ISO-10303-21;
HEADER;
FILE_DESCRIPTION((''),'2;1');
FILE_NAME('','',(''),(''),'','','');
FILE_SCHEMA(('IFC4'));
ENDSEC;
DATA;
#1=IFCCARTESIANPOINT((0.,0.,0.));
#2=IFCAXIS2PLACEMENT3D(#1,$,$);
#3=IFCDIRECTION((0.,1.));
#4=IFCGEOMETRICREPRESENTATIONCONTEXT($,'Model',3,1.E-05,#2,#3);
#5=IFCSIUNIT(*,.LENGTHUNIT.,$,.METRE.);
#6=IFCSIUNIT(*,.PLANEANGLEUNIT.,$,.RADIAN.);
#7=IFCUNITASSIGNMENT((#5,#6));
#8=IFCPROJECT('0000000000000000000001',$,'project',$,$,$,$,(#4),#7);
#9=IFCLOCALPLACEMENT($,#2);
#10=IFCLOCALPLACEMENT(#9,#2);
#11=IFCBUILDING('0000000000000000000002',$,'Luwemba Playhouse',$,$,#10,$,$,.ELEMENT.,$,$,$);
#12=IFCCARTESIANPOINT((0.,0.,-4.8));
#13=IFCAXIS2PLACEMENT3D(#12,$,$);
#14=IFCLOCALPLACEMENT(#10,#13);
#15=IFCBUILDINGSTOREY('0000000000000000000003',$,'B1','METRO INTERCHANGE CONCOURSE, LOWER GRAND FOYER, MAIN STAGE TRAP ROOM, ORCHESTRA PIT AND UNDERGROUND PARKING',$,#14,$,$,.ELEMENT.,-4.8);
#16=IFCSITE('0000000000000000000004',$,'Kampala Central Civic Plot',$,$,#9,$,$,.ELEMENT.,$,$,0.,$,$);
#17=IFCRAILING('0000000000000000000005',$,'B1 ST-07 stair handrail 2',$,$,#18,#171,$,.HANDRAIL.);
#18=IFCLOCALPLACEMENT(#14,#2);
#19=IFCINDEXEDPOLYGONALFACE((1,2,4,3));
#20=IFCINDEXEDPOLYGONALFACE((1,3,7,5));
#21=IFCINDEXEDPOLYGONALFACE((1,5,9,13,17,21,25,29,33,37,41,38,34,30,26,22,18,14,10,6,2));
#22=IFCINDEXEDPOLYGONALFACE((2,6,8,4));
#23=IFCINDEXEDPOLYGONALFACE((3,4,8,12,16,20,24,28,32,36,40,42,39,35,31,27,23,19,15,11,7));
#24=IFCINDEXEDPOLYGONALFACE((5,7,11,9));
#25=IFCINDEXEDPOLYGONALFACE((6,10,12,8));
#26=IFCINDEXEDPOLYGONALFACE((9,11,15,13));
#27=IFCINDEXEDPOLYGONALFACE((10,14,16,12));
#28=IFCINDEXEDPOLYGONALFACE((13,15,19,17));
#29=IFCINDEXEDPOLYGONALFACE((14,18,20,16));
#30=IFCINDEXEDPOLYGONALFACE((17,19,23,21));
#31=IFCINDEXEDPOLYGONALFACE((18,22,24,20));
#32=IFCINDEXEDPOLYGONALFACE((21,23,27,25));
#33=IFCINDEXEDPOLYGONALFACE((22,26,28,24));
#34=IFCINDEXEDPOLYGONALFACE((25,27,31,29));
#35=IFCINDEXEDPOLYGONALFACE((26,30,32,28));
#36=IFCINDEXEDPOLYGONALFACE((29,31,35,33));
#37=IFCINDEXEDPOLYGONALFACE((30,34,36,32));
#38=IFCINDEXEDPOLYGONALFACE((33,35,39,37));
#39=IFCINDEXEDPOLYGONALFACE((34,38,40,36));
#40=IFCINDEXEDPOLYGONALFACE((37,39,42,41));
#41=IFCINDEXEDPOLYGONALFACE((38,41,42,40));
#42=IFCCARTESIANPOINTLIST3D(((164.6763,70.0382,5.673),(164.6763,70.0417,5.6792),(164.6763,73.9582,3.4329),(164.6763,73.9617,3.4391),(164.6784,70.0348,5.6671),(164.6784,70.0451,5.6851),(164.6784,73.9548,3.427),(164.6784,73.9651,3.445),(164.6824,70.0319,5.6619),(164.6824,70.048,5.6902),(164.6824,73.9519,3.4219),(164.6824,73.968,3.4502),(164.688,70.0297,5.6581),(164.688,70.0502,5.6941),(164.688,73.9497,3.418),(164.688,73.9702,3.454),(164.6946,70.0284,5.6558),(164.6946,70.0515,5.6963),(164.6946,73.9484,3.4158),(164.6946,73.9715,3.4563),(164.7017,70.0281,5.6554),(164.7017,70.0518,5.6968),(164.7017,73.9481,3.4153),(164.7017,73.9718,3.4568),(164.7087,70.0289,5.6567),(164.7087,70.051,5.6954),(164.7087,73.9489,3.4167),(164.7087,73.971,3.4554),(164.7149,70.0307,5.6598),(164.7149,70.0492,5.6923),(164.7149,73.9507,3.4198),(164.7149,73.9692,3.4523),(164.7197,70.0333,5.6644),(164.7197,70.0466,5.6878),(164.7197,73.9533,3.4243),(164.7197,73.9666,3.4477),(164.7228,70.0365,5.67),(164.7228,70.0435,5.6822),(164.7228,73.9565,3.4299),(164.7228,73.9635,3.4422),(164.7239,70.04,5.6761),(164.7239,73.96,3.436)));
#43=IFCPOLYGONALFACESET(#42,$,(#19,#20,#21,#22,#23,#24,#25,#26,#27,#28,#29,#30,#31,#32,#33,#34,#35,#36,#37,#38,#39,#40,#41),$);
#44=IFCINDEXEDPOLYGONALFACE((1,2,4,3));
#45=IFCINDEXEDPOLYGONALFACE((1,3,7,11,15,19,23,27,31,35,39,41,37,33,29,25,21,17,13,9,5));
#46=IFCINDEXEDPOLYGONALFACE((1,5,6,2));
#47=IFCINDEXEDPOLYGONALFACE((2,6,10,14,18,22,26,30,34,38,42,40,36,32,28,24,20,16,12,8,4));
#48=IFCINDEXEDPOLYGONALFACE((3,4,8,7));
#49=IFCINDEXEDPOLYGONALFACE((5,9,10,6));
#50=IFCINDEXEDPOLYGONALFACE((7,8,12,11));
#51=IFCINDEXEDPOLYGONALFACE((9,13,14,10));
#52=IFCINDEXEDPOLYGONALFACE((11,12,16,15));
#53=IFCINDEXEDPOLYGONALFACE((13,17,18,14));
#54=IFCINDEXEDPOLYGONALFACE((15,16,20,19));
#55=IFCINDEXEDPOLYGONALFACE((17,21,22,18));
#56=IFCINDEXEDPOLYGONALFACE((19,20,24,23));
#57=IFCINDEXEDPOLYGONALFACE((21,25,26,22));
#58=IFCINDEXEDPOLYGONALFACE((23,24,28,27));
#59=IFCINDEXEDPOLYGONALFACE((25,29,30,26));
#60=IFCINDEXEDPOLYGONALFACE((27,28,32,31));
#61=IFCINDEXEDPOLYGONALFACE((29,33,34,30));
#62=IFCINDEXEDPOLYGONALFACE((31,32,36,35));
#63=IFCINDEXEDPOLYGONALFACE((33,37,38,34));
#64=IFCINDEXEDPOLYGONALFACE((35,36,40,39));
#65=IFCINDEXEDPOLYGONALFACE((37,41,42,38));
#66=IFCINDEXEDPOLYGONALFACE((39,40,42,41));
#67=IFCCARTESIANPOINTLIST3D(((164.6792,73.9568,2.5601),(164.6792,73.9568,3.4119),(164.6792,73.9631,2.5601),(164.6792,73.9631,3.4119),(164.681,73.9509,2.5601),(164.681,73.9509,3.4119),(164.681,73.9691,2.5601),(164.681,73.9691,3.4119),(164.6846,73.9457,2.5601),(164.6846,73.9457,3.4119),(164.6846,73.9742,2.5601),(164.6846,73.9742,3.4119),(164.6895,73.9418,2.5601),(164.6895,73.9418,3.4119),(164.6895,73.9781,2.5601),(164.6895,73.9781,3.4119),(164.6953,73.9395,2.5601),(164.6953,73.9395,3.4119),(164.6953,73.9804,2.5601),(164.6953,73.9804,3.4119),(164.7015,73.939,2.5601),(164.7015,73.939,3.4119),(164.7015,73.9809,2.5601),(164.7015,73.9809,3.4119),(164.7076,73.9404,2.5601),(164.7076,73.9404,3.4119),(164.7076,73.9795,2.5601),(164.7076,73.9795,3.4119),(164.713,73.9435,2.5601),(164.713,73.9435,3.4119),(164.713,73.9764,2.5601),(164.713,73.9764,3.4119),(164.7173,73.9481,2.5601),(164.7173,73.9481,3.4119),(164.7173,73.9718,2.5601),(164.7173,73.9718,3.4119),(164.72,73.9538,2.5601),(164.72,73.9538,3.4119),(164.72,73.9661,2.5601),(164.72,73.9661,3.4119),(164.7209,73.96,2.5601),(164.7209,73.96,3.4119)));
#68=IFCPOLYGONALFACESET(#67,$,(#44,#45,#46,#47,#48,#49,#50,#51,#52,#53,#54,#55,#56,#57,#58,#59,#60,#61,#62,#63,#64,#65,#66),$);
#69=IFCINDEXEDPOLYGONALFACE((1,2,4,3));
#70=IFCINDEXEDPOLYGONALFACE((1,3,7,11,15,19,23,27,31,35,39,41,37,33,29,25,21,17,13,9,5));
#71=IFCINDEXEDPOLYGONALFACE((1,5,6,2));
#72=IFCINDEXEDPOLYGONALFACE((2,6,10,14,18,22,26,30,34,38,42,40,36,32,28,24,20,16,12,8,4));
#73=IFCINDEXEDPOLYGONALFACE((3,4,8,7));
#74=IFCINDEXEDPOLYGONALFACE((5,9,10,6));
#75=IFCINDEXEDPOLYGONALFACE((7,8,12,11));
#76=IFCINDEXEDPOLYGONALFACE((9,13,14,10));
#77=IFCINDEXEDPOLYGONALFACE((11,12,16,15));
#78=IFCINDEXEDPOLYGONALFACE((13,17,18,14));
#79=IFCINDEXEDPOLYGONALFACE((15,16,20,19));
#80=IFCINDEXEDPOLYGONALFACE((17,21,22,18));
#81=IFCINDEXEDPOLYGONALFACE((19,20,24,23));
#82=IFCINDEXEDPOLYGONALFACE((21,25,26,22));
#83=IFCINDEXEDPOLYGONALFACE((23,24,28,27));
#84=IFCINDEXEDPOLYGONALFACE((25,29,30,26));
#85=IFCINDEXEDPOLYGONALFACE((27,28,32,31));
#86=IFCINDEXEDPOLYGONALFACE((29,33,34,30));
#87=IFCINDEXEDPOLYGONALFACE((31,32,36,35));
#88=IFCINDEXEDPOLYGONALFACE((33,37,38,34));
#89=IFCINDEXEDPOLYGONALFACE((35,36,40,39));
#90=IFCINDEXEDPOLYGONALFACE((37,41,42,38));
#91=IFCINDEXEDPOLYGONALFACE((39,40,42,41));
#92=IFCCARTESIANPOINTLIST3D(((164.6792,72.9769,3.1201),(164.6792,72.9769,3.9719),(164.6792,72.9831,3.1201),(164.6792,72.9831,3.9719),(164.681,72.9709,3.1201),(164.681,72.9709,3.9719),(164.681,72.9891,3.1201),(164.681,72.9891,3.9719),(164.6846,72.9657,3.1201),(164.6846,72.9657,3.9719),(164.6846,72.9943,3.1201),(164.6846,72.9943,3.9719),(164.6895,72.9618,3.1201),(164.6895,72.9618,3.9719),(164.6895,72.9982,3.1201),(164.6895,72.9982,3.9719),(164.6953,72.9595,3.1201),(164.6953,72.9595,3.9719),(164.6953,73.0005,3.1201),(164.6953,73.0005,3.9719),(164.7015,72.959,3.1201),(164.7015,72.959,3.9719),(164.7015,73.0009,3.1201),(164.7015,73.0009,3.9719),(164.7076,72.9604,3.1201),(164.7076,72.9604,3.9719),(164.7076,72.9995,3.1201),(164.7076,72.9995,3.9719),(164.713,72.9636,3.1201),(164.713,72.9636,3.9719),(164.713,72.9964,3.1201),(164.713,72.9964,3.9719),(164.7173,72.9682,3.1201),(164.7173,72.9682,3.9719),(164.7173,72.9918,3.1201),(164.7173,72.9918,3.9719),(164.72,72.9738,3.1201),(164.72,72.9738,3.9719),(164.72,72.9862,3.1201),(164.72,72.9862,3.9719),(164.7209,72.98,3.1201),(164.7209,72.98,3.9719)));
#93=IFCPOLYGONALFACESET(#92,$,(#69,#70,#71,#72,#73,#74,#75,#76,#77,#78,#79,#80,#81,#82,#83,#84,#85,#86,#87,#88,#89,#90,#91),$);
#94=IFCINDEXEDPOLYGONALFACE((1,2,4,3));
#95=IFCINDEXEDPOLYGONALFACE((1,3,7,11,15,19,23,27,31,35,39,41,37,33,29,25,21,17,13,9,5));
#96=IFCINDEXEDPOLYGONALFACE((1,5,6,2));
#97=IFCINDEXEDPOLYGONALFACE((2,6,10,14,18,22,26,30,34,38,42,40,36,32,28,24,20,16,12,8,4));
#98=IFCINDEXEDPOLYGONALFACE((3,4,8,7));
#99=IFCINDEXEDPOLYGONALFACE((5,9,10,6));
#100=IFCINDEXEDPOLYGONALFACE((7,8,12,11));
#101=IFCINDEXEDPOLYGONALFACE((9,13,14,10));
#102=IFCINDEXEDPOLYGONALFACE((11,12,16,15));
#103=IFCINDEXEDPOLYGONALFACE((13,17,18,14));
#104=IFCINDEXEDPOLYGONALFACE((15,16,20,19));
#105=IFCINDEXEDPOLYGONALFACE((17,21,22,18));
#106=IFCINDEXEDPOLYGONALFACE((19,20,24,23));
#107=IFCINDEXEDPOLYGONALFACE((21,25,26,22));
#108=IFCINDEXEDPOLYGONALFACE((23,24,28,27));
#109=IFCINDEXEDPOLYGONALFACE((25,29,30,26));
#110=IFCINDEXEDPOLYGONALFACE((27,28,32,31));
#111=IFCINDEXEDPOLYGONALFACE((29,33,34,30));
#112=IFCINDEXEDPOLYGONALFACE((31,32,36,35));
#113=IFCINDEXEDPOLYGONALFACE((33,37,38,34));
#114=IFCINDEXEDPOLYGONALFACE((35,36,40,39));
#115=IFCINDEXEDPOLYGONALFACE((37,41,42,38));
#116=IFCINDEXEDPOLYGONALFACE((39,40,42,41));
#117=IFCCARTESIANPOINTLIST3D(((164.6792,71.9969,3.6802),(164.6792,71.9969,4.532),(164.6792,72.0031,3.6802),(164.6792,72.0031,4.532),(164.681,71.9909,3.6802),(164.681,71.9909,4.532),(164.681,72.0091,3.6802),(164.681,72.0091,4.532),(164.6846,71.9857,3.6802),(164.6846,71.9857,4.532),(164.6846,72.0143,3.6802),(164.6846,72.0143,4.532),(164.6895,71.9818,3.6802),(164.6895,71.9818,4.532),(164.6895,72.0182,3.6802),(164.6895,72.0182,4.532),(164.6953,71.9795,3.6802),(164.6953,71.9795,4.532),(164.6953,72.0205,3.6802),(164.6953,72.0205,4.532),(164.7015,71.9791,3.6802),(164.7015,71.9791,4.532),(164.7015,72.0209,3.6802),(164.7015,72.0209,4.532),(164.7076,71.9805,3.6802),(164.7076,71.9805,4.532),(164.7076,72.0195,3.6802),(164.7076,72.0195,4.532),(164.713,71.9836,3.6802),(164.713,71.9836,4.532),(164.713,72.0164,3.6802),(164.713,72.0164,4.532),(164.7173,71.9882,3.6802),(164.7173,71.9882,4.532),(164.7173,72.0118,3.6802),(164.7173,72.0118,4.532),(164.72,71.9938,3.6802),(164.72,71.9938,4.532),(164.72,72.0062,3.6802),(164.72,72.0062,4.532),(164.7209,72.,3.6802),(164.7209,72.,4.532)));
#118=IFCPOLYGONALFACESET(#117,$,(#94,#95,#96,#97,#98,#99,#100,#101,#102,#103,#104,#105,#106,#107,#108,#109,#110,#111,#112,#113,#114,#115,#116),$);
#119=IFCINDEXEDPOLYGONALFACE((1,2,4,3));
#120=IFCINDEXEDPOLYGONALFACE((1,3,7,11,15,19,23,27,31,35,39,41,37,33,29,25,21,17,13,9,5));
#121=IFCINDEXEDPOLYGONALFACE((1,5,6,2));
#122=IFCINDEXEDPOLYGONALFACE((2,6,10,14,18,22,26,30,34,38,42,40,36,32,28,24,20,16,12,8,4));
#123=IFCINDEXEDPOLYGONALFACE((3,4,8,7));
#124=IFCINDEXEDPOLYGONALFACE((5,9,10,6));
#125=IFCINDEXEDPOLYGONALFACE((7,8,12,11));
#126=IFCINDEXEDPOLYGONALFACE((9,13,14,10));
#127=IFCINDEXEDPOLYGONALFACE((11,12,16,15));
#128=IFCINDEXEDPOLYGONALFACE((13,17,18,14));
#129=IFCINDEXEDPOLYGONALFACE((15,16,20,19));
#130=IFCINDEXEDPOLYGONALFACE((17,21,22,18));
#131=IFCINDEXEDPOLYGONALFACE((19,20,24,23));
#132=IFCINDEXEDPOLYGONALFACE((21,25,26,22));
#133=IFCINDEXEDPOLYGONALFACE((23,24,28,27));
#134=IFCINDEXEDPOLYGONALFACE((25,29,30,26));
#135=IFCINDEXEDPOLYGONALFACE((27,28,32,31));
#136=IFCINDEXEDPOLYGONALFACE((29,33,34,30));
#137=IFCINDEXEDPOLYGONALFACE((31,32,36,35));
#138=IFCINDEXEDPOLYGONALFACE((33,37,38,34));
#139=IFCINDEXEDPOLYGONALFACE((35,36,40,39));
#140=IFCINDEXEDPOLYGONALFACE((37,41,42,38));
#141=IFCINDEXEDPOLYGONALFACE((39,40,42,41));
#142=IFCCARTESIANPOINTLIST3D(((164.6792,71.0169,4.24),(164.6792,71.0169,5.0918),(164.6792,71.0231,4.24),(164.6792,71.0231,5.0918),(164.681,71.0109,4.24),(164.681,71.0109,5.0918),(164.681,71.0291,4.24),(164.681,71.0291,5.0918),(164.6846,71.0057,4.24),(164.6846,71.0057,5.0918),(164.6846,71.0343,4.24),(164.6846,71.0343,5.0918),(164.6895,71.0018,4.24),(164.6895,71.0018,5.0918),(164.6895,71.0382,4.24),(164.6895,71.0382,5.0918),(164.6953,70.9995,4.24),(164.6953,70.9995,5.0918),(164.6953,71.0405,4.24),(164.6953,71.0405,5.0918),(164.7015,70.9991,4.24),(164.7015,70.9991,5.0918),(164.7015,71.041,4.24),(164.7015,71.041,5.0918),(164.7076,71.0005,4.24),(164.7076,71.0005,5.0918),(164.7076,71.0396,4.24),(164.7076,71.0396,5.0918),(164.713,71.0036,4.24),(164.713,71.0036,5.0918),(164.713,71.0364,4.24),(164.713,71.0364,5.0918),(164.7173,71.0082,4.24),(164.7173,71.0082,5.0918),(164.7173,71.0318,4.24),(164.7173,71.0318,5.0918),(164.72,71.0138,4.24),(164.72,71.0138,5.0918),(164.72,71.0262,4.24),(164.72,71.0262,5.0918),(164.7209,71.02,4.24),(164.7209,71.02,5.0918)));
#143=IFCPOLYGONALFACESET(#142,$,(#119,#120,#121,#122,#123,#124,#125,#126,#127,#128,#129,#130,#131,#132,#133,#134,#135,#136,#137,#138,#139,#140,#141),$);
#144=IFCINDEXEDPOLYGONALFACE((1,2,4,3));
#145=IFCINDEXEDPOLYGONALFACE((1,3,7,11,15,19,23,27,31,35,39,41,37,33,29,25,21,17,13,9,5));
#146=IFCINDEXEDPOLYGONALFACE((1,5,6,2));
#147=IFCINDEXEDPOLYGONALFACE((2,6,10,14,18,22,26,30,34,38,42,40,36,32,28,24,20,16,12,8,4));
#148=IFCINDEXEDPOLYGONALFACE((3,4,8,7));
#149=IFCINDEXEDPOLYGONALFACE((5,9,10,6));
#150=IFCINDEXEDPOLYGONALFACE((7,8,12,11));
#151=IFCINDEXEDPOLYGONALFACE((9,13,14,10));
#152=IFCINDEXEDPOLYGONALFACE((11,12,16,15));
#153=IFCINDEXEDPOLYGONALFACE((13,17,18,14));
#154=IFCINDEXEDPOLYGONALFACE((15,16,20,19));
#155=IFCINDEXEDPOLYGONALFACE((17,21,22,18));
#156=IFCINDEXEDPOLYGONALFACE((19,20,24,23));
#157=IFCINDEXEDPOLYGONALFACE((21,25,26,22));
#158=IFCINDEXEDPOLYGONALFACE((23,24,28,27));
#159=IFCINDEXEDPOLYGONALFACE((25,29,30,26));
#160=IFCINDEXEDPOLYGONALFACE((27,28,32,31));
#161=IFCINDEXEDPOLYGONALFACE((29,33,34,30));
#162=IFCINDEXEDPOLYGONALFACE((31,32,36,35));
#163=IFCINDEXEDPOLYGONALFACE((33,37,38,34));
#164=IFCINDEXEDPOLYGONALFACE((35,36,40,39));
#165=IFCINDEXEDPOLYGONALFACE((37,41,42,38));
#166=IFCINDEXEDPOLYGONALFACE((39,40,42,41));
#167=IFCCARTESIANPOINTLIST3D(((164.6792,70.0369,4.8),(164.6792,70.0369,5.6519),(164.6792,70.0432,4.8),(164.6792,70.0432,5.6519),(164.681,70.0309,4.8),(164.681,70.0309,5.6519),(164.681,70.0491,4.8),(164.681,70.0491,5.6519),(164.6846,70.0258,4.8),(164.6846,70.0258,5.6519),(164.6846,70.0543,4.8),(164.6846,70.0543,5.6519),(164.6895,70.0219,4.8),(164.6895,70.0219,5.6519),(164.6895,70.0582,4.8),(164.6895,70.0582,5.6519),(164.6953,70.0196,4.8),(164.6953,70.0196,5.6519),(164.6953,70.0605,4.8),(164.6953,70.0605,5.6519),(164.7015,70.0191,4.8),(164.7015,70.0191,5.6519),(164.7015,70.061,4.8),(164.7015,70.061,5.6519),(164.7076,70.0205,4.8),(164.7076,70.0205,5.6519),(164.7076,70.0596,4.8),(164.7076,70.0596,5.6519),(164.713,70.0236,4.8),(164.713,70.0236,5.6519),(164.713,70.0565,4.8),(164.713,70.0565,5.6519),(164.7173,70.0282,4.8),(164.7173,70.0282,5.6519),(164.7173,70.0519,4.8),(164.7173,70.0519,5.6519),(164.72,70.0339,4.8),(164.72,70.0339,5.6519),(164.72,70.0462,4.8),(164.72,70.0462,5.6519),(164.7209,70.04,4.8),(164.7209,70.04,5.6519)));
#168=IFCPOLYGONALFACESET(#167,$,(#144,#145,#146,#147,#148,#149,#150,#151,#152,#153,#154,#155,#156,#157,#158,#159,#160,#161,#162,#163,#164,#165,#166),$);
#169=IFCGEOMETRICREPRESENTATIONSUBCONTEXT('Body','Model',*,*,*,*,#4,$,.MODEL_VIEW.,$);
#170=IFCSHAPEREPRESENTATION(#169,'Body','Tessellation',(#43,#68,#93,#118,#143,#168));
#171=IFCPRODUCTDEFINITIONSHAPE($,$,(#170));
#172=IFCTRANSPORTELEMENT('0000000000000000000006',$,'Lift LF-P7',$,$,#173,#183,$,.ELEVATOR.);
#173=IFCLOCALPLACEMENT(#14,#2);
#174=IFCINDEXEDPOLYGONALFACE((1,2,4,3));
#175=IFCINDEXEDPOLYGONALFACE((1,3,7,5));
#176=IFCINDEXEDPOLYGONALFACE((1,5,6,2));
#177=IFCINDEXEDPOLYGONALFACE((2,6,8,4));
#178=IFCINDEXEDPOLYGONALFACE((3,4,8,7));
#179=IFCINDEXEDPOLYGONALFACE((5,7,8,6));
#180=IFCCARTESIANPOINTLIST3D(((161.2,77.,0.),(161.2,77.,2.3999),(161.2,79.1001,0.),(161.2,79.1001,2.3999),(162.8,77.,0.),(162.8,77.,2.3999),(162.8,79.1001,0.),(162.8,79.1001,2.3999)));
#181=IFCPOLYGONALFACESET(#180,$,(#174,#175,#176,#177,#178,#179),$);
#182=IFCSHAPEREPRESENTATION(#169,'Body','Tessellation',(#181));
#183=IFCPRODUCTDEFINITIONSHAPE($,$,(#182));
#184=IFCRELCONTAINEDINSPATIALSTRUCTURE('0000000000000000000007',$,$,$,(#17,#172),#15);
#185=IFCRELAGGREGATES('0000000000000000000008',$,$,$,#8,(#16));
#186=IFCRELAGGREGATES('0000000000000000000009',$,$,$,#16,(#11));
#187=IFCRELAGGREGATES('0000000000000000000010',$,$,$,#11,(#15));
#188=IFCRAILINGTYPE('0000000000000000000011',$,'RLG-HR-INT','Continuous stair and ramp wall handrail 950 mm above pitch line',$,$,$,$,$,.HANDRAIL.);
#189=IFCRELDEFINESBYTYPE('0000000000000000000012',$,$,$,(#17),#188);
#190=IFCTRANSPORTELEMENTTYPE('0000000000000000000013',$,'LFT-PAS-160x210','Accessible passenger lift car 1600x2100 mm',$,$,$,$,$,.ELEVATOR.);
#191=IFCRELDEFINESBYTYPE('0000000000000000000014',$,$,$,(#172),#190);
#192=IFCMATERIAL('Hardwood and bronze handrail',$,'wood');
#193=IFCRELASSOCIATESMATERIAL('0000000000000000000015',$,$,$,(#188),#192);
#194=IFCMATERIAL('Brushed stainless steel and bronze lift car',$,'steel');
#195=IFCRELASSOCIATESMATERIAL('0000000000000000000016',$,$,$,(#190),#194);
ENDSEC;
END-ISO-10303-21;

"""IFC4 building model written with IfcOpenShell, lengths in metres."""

from ifc_helpers import new_model, si_unit, direction, frame, origin, origin_2d, place, context, subcontext, project, spatial, rectangle, circle, extrude, material, type_object, element, save


model = new_model("IFC4")

# Units and contexts
model_context = context("Model", 3, precision=1e-05, world=origin(), true_north=direction((0.0, 1.0)))
body_context = subcontext(model_context, "Body", "Model", "MODEL_VIEW")
ifc_project = project(units=[si_unit("LENGTHUNIT", "METRE"), si_unit("PLANEANGLEUNIT", "RADIAN")], contexts=[model_context])

# Site, building, storey
site_placement = place(None, origin())
site = spatial("IfcSite", under=ifc_project, at=site_placement, Name="Kampala Central Civic Plot", CompositionType="ELEMENT", RefElevation=0.0)
building_placement = place(site_placement, origin())
building = spatial("IfcBuilding", under=site, at=building_placement, Name="Luwemba Playhouse", CompositionType="ELEMENT")
storey_placement = place(building_placement, frame((0.0, 0.0, -4.8)))
storey = spatial("IfcBuildingStorey", under=building, at=storey_placement, Name="B1", Description="METRO INTERCHANGE CONCOURSE, LOWER GRAND FOYER, MAIN STAGE TRAP ROOM, ORCHESTRA PIT AND UNDERGROUND PARKING", CompositionType="ELEMENT", Elevation=-4.8)

# Railing
ifc_material_1 = material(Name="Hardwood and bronze handrail", Category="wood")
railing_type_1 = type_object("IfcRailingType", Name="RLG-HR-INT", Description="Continuous stair and ramp wall handrail 950 mm above pitch line", PredefinedType="HANDRAIL", material=ifc_material_1)
railing_1_placement = place(storey_placement, frame((164.7, 73.96, 2.5601)))
element("IfcRailing", 1, at=railing_1_placement, inside=storey, type_object=railing_type_1, Name="B1 ST-07 stair handrail 2", PredefinedType="HANDRAIL", context=body_context, shape_type="SweptSolid", body=[
    extrude(circle(Radius=0.0239, at=origin_2d()), frame((0.0, 0.0, 0.876), z_axis=(0.0, -0.86824, 0.496145), x_axis=(1.0, 0.0, 0.0)), (0.0, 0.0, 1.0), 4.5149),
    extrude(circle(Radius=0.021, at=origin_2d()), origin(), (0.0, 0.0, 1.0), 0.8518),
    extrude(circle(Radius=0.021, at=origin_2d()), frame((0.0, -0.98, 0.5601)), (0.0, 0.0, 1.0), 0.8518),
    extrude(circle(Radius=0.021, at=origin_2d()), frame((0.0, -1.96, 1.1201)), (0.0, 0.0, 1.0), 0.8518),
    extrude(circle(Radius=0.021, at=origin_2d()), frame((0.0, -2.9399, 1.6799)), (0.0, 0.0, 1.0), 0.8518),
    extrude(circle(Radius=0.021, at=origin_2d()), frame((0.0, -3.9199, 2.24)), (0.0, 0.0, 1.0), 0.8518),
])

# Transport element
ifc_material_2 = material(Name="Brushed stainless steel and bronze lift car", Category="steel")
transport_element_type = type_object("IfcTransportElementType", Name="LFT-PAS-160x210", Description="Accessible passenger lift car 1600x2100 mm", PredefinedType="ELEVATOR", material=ifc_material_2)
transport_element_placement = place(storey_placement, frame((162.0, 78.05, 0.0), z_axis=(0.0, 0.0, 1.0), x_axis=(1.0, 0.0, 0.0)))
element("IfcTransportElement", 2, at=transport_element_placement, inside=storey, type_object=transport_element_type, Name="Lift LF-P7", PredefinedType="ELEVATOR", context=body_context, shape_type="SweptSolid", body=[
    extrude(rectangle(XDim=1.6001, YDim=2.1001, at=origin_2d()), origin(), (0.0, 0.0, 1.0), 2.3999),
])

save(model, "model.ifc")
